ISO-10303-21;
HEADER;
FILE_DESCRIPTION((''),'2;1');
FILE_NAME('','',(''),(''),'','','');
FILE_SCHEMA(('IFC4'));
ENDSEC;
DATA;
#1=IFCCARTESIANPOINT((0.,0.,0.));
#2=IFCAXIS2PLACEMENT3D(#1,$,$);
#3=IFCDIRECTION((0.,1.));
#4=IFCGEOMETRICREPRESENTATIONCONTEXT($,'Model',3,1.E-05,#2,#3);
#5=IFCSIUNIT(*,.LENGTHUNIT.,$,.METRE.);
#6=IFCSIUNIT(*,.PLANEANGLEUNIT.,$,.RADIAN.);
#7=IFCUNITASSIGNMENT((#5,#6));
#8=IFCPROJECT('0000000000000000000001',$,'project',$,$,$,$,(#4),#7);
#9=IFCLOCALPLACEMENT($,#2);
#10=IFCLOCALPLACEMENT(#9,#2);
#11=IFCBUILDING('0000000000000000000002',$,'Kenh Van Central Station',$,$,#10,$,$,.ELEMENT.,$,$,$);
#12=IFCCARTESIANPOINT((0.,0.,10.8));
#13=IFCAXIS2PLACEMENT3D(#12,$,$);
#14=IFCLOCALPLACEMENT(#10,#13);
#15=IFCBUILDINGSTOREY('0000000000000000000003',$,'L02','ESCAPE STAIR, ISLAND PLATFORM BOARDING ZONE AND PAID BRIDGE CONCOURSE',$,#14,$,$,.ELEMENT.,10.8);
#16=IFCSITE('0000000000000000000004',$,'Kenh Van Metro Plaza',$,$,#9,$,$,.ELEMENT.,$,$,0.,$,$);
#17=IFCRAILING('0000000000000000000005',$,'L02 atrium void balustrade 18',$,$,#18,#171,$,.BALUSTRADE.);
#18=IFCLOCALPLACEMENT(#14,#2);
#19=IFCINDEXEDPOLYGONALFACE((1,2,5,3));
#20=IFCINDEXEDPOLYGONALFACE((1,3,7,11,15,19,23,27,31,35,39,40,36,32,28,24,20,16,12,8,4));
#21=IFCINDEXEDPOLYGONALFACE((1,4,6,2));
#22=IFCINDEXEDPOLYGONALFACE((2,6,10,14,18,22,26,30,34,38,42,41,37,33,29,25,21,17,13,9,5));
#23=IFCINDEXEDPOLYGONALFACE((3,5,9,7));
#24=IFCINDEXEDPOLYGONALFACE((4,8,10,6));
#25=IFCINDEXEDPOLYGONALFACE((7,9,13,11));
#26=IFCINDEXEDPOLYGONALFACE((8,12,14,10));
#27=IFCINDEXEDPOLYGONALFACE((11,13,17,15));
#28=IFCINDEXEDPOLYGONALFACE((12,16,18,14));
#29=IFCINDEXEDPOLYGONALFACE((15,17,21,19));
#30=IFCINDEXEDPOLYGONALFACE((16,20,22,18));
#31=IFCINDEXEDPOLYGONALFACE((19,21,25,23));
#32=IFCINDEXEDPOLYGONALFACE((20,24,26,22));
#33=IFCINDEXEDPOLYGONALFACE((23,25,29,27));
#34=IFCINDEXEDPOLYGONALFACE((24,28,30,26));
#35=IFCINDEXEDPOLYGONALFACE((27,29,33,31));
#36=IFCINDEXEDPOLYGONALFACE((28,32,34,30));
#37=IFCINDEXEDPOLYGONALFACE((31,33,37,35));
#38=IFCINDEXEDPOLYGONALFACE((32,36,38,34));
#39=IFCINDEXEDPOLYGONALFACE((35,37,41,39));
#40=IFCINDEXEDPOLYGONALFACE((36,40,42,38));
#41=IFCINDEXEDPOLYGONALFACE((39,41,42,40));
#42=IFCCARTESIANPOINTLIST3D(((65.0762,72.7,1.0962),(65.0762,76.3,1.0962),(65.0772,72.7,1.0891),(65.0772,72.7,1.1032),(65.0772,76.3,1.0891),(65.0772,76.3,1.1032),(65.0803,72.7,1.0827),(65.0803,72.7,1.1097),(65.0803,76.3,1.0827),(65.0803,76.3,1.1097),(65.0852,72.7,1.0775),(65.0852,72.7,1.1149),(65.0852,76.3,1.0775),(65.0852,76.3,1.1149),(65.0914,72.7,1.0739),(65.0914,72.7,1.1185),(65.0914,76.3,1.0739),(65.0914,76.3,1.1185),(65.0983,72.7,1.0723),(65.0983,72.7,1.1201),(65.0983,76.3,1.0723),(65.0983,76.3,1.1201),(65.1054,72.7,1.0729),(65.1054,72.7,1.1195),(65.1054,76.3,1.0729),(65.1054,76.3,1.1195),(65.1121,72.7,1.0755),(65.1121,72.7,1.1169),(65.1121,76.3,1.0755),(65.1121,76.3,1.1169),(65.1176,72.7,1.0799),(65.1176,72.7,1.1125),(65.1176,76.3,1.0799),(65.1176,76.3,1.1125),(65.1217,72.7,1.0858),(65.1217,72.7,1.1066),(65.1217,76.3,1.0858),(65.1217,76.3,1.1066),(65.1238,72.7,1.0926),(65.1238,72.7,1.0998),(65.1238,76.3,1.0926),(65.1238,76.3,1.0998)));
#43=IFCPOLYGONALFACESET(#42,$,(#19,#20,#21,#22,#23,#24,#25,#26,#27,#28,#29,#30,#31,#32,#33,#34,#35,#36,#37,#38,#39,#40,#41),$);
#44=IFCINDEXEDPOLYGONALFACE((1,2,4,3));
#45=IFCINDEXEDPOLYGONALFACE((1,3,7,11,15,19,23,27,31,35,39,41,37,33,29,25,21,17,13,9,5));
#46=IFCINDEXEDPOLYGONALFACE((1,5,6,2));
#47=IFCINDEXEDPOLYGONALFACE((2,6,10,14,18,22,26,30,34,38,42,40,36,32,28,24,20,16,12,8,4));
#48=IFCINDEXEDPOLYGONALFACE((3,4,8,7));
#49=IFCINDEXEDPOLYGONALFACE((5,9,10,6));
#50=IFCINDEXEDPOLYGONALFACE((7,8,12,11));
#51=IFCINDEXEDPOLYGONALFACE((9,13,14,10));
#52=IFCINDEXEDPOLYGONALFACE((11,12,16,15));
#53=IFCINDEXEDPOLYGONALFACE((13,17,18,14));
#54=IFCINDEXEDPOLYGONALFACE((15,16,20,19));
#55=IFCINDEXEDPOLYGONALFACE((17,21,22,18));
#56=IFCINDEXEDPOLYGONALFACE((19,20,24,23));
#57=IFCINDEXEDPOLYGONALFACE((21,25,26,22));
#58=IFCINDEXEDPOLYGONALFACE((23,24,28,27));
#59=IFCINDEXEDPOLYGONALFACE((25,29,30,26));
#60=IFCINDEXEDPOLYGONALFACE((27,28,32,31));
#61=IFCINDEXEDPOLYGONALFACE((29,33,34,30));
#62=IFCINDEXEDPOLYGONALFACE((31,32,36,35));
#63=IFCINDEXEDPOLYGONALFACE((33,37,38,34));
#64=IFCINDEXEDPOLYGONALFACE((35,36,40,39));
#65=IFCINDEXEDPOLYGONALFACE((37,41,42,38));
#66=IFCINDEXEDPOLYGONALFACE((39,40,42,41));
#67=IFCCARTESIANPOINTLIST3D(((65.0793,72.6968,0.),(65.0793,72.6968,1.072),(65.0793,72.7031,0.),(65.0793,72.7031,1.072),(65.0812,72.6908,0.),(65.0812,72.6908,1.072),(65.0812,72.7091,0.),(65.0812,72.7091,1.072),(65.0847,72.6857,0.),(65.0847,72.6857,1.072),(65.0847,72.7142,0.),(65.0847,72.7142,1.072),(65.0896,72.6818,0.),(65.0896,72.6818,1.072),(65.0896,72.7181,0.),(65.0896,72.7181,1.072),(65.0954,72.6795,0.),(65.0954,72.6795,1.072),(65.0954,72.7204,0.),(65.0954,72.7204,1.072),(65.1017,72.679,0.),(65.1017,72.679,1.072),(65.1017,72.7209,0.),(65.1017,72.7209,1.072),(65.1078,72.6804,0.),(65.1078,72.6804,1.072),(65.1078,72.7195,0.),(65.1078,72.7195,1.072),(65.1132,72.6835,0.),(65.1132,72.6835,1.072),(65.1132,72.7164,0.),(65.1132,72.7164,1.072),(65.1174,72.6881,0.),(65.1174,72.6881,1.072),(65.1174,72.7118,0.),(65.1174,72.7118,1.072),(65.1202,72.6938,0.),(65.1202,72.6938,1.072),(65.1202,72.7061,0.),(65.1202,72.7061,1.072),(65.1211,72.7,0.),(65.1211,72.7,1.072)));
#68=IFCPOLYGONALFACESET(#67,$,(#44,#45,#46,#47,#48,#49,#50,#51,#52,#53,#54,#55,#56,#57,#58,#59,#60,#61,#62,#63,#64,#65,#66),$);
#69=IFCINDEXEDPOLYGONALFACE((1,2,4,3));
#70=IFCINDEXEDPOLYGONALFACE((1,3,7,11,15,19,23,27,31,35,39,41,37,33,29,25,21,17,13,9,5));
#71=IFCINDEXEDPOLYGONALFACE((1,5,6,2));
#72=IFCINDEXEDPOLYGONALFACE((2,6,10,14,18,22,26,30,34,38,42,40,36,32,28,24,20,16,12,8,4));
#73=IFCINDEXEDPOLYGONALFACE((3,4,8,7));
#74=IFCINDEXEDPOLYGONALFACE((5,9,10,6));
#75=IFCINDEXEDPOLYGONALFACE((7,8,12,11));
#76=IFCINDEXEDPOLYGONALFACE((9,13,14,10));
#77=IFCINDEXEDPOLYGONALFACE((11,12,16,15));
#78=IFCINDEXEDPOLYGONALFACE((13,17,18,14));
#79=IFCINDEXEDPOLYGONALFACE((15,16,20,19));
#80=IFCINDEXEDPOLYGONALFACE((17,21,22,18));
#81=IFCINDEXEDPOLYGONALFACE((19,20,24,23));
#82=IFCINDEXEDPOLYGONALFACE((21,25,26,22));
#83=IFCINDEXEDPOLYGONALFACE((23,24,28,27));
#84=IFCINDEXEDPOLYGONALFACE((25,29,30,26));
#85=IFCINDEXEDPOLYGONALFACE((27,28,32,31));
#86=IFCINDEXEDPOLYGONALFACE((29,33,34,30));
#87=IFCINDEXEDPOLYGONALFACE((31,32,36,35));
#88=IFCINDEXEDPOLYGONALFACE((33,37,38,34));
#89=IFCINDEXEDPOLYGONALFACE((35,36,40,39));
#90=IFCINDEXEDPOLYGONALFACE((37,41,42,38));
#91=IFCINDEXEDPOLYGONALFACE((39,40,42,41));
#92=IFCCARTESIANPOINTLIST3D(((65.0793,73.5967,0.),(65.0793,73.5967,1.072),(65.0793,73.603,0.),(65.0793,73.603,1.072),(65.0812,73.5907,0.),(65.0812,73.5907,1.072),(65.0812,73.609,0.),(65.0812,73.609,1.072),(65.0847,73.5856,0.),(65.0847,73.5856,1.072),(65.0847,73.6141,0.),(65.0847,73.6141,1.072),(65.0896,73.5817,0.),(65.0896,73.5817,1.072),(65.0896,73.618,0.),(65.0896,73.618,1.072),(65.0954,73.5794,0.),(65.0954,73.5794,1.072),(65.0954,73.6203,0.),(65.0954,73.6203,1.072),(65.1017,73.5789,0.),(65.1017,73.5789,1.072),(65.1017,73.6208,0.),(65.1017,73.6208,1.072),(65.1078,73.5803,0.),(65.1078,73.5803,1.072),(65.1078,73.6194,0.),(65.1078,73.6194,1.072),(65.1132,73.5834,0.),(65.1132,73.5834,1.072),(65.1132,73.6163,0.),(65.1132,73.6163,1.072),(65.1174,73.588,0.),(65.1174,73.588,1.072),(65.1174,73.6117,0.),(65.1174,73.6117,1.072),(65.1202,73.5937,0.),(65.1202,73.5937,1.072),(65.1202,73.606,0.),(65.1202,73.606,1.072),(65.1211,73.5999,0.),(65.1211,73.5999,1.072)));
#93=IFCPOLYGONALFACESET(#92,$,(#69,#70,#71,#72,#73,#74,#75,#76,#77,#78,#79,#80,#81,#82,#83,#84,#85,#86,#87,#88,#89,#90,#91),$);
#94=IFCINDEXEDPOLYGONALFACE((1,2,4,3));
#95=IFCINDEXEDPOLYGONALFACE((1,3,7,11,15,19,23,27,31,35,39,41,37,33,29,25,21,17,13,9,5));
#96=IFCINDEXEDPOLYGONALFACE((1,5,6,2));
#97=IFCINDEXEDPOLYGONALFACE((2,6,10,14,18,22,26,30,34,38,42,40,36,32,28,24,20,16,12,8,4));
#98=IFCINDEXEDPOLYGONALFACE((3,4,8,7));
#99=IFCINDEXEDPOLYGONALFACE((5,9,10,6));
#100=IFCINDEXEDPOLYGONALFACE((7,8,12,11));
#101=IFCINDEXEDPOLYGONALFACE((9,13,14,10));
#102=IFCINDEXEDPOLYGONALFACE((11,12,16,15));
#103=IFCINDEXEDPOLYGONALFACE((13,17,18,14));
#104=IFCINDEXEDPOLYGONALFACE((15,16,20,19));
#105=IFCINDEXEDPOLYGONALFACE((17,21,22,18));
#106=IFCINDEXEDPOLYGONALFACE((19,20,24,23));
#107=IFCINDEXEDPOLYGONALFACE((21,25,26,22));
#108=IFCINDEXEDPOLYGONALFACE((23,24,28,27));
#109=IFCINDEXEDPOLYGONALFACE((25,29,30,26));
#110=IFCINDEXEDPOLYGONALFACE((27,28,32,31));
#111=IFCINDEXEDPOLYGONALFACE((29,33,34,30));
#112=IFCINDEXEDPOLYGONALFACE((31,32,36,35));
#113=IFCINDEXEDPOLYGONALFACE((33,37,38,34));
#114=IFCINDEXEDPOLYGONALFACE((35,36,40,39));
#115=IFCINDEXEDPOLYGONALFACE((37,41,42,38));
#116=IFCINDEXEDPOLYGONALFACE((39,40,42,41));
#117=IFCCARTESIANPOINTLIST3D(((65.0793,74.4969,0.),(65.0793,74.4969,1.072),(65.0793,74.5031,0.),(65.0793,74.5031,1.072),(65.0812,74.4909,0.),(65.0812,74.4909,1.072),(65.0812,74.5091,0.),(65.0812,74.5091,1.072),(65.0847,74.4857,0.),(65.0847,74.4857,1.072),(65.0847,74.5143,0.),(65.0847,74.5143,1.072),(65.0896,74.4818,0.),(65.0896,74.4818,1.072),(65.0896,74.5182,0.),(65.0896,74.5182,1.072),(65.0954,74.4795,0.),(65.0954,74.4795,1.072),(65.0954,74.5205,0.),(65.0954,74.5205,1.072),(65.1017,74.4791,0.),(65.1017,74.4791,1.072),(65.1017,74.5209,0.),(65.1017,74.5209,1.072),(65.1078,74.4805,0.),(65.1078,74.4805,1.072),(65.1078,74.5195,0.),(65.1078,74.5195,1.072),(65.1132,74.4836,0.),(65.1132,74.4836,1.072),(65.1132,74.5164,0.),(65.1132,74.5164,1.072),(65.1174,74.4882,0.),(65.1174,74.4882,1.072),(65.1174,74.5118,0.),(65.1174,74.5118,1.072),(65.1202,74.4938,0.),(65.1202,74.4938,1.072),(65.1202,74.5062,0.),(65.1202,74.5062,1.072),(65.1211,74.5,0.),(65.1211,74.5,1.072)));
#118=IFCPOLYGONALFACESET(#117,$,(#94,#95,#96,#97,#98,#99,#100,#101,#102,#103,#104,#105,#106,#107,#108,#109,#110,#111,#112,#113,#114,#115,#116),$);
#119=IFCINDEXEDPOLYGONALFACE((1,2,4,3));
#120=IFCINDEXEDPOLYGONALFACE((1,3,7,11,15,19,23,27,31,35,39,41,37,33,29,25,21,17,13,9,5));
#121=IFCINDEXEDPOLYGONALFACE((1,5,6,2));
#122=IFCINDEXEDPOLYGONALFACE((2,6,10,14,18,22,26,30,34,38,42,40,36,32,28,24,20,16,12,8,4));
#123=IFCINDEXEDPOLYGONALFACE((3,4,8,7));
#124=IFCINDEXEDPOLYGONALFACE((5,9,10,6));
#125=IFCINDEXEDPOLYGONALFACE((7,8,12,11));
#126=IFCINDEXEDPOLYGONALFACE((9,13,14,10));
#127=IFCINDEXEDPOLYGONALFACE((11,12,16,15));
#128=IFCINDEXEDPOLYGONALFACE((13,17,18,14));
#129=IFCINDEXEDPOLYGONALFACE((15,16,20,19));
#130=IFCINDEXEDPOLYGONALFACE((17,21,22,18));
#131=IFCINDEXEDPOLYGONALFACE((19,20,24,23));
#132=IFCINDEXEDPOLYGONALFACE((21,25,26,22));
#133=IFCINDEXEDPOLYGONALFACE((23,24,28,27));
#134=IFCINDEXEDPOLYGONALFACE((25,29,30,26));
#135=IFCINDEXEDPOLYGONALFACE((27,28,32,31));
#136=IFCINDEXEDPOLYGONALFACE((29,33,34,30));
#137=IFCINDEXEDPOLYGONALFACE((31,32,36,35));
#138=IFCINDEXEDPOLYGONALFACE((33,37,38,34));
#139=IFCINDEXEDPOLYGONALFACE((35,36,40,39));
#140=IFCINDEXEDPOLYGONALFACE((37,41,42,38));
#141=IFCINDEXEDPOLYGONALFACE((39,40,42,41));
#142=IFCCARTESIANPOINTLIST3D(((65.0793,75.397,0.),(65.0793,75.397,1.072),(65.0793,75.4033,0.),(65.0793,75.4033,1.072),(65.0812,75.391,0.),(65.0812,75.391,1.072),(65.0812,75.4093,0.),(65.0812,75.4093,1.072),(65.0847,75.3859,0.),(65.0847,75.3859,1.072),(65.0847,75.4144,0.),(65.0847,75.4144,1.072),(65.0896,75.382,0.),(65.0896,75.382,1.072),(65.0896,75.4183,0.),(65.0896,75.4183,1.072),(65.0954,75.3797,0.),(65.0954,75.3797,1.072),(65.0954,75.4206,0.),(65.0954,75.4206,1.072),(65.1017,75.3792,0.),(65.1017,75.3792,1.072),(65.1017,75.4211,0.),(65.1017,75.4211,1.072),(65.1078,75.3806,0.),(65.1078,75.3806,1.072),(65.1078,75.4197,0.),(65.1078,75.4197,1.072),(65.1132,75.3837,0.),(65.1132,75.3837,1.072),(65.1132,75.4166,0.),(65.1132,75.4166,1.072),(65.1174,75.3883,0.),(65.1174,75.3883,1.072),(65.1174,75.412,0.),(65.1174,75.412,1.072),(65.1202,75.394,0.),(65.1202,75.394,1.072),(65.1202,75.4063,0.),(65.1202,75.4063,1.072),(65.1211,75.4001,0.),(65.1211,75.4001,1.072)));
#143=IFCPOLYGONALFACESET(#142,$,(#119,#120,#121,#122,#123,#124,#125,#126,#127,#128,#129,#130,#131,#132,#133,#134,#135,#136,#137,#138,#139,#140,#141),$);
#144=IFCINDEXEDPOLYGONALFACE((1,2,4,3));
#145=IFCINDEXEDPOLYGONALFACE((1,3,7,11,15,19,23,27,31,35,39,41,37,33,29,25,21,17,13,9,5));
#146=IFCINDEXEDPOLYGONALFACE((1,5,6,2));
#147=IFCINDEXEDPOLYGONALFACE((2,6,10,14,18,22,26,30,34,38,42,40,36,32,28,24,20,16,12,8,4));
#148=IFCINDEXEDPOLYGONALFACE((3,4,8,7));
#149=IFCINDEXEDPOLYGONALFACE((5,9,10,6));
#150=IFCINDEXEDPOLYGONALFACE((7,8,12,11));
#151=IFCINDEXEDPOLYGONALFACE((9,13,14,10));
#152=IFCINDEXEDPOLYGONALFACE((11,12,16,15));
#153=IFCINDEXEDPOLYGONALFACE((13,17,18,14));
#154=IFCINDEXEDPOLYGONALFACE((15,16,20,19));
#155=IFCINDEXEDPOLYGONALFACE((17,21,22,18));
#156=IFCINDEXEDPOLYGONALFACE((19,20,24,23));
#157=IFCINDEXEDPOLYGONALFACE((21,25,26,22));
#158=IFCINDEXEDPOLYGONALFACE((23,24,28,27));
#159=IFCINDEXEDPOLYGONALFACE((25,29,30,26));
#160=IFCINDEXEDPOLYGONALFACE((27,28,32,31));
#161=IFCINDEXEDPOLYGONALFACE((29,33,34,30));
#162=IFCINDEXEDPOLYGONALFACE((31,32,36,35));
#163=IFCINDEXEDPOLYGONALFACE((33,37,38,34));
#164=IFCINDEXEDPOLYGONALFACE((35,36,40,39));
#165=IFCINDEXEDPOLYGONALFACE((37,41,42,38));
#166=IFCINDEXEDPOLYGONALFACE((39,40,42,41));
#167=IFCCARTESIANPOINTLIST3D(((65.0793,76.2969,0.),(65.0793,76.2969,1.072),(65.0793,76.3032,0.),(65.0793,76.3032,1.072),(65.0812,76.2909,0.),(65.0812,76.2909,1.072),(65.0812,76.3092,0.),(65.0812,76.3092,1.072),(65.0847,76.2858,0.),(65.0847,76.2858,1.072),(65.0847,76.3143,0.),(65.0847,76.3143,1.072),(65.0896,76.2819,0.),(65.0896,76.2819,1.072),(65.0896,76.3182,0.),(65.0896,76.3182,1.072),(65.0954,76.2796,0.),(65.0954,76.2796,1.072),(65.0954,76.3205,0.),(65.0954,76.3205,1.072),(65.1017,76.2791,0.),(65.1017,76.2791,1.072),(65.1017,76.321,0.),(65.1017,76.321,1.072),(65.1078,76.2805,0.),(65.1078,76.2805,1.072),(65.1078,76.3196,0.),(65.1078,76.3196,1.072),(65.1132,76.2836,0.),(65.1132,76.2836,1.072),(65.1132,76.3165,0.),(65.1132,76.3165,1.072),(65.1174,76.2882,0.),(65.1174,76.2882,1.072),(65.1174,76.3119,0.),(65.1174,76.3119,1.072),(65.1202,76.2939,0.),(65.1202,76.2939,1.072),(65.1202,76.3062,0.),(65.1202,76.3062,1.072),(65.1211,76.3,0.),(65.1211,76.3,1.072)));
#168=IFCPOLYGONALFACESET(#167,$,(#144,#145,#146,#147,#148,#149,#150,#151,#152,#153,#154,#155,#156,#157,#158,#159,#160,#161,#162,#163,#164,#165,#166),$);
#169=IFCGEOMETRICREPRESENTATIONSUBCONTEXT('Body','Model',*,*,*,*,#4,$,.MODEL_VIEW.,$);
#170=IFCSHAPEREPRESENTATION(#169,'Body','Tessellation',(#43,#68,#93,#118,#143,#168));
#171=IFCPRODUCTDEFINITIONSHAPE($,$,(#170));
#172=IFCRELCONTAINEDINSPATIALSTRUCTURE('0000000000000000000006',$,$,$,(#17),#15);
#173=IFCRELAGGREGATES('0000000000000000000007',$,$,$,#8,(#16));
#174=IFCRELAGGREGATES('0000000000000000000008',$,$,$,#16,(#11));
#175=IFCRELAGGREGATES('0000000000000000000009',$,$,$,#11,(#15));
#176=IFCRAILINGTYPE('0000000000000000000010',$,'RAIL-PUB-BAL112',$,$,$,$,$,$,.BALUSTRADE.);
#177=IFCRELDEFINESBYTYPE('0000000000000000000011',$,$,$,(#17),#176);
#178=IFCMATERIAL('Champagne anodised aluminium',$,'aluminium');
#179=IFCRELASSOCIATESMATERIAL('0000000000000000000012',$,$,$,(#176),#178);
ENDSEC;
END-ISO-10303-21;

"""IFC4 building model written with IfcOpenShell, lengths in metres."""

from ifc_helpers import new_model, si_unit, direction, frame, origin, origin_2d, place, context, subcontext, project, spatial, circle, extrude, material, type_object, element, save


model = new_model("IFC4")

# Units and contexts
model_context = context("Model", 3, precision=1e-05, world=origin(), true_north=direction((0.0, 1.0)))
body_context = subcontext(model_context, "Body", "Model", "MODEL_VIEW")
ifc_project = project(units=[si_unit("LENGTHUNIT", "METRE"), si_unit("PLANEANGLEUNIT", "RADIAN")], contexts=[model_context])

# Site, building, storey
site_placement = place(None, origin())
site = spatial("IfcSite", under=ifc_project, at=site_placement, Name="Kenh Van Metro Plaza", CompositionType="ELEMENT", RefElevation=0.0)
building_placement = place(site_placement, origin())
building = spatial("IfcBuilding", under=site, at=building_placement, Name="Kenh Van Central Station", CompositionType="ELEMENT")
storey_placement = place(building_placement, frame((0.0, 0.0, 10.8)))
storey = spatial("IfcBuildingStorey", under=building, at=storey_placement, Name="L02", Description="ESCAPE STAIR, ISLAND PLATFORM BOARDING ZONE AND PAID BRIDGE CONCOURSE", CompositionType="ELEMENT", Elevation=10.8)

# Railing
ifc_material_1 = material(Name="Champagne anodised aluminium", Category="aluminium")
railing_type_1 = type_object("IfcRailingType", Name="RAIL-PUB-BAL112", PredefinedType="BALUSTRADE", material=ifc_material_1)
railing_1_placement = place(storey_placement, frame((65.1001, 72.7, 0.0)))
element("IfcRailing", 1, at=railing_1_placement, inside=storey, type_object=railing_type_1, Name="L02 atrium void balustrade 18", PredefinedType="BALUSTRADE", context=body_context, shape_type="SweptSolid", body=[
    extrude(circle(Radius=0.0239, at=origin_2d()), frame((0.0, 0.0, 1.0962), z_axis=(0.0, 1.0, 0.0), x_axis=(-1.0, 0.0, 0.0)), (0.0, 0.0, 1.0), 3.6001),
    extrude(circle(Radius=0.021, at=origin_2d()), origin(), (0.0, 0.0, 1.0), 1.072),
    extrude(circle(Radius=0.021, at=origin_2d()), frame((0.0, 0.8999, 0.0)), (0.0, 0.0, 1.0), 1.072),
    extrude(circle(Radius=0.021, at=origin_2d()), frame((0.0, 1.8, 0.0)), (0.0, 0.0, 1.0), 1.072),
    extrude(circle(Radius=0.021, at=origin_2d()), frame((0.0, 2.7002, 0.0)), (0.0, 0.0, 1.0), 1.072),
    extrude(circle(Radius=0.021, at=origin_2d()), frame((0.0, 3.6001, 0.0)), (0.0, 0.0, 1.0), 1.072),
])

save(model, "model.ifc")
